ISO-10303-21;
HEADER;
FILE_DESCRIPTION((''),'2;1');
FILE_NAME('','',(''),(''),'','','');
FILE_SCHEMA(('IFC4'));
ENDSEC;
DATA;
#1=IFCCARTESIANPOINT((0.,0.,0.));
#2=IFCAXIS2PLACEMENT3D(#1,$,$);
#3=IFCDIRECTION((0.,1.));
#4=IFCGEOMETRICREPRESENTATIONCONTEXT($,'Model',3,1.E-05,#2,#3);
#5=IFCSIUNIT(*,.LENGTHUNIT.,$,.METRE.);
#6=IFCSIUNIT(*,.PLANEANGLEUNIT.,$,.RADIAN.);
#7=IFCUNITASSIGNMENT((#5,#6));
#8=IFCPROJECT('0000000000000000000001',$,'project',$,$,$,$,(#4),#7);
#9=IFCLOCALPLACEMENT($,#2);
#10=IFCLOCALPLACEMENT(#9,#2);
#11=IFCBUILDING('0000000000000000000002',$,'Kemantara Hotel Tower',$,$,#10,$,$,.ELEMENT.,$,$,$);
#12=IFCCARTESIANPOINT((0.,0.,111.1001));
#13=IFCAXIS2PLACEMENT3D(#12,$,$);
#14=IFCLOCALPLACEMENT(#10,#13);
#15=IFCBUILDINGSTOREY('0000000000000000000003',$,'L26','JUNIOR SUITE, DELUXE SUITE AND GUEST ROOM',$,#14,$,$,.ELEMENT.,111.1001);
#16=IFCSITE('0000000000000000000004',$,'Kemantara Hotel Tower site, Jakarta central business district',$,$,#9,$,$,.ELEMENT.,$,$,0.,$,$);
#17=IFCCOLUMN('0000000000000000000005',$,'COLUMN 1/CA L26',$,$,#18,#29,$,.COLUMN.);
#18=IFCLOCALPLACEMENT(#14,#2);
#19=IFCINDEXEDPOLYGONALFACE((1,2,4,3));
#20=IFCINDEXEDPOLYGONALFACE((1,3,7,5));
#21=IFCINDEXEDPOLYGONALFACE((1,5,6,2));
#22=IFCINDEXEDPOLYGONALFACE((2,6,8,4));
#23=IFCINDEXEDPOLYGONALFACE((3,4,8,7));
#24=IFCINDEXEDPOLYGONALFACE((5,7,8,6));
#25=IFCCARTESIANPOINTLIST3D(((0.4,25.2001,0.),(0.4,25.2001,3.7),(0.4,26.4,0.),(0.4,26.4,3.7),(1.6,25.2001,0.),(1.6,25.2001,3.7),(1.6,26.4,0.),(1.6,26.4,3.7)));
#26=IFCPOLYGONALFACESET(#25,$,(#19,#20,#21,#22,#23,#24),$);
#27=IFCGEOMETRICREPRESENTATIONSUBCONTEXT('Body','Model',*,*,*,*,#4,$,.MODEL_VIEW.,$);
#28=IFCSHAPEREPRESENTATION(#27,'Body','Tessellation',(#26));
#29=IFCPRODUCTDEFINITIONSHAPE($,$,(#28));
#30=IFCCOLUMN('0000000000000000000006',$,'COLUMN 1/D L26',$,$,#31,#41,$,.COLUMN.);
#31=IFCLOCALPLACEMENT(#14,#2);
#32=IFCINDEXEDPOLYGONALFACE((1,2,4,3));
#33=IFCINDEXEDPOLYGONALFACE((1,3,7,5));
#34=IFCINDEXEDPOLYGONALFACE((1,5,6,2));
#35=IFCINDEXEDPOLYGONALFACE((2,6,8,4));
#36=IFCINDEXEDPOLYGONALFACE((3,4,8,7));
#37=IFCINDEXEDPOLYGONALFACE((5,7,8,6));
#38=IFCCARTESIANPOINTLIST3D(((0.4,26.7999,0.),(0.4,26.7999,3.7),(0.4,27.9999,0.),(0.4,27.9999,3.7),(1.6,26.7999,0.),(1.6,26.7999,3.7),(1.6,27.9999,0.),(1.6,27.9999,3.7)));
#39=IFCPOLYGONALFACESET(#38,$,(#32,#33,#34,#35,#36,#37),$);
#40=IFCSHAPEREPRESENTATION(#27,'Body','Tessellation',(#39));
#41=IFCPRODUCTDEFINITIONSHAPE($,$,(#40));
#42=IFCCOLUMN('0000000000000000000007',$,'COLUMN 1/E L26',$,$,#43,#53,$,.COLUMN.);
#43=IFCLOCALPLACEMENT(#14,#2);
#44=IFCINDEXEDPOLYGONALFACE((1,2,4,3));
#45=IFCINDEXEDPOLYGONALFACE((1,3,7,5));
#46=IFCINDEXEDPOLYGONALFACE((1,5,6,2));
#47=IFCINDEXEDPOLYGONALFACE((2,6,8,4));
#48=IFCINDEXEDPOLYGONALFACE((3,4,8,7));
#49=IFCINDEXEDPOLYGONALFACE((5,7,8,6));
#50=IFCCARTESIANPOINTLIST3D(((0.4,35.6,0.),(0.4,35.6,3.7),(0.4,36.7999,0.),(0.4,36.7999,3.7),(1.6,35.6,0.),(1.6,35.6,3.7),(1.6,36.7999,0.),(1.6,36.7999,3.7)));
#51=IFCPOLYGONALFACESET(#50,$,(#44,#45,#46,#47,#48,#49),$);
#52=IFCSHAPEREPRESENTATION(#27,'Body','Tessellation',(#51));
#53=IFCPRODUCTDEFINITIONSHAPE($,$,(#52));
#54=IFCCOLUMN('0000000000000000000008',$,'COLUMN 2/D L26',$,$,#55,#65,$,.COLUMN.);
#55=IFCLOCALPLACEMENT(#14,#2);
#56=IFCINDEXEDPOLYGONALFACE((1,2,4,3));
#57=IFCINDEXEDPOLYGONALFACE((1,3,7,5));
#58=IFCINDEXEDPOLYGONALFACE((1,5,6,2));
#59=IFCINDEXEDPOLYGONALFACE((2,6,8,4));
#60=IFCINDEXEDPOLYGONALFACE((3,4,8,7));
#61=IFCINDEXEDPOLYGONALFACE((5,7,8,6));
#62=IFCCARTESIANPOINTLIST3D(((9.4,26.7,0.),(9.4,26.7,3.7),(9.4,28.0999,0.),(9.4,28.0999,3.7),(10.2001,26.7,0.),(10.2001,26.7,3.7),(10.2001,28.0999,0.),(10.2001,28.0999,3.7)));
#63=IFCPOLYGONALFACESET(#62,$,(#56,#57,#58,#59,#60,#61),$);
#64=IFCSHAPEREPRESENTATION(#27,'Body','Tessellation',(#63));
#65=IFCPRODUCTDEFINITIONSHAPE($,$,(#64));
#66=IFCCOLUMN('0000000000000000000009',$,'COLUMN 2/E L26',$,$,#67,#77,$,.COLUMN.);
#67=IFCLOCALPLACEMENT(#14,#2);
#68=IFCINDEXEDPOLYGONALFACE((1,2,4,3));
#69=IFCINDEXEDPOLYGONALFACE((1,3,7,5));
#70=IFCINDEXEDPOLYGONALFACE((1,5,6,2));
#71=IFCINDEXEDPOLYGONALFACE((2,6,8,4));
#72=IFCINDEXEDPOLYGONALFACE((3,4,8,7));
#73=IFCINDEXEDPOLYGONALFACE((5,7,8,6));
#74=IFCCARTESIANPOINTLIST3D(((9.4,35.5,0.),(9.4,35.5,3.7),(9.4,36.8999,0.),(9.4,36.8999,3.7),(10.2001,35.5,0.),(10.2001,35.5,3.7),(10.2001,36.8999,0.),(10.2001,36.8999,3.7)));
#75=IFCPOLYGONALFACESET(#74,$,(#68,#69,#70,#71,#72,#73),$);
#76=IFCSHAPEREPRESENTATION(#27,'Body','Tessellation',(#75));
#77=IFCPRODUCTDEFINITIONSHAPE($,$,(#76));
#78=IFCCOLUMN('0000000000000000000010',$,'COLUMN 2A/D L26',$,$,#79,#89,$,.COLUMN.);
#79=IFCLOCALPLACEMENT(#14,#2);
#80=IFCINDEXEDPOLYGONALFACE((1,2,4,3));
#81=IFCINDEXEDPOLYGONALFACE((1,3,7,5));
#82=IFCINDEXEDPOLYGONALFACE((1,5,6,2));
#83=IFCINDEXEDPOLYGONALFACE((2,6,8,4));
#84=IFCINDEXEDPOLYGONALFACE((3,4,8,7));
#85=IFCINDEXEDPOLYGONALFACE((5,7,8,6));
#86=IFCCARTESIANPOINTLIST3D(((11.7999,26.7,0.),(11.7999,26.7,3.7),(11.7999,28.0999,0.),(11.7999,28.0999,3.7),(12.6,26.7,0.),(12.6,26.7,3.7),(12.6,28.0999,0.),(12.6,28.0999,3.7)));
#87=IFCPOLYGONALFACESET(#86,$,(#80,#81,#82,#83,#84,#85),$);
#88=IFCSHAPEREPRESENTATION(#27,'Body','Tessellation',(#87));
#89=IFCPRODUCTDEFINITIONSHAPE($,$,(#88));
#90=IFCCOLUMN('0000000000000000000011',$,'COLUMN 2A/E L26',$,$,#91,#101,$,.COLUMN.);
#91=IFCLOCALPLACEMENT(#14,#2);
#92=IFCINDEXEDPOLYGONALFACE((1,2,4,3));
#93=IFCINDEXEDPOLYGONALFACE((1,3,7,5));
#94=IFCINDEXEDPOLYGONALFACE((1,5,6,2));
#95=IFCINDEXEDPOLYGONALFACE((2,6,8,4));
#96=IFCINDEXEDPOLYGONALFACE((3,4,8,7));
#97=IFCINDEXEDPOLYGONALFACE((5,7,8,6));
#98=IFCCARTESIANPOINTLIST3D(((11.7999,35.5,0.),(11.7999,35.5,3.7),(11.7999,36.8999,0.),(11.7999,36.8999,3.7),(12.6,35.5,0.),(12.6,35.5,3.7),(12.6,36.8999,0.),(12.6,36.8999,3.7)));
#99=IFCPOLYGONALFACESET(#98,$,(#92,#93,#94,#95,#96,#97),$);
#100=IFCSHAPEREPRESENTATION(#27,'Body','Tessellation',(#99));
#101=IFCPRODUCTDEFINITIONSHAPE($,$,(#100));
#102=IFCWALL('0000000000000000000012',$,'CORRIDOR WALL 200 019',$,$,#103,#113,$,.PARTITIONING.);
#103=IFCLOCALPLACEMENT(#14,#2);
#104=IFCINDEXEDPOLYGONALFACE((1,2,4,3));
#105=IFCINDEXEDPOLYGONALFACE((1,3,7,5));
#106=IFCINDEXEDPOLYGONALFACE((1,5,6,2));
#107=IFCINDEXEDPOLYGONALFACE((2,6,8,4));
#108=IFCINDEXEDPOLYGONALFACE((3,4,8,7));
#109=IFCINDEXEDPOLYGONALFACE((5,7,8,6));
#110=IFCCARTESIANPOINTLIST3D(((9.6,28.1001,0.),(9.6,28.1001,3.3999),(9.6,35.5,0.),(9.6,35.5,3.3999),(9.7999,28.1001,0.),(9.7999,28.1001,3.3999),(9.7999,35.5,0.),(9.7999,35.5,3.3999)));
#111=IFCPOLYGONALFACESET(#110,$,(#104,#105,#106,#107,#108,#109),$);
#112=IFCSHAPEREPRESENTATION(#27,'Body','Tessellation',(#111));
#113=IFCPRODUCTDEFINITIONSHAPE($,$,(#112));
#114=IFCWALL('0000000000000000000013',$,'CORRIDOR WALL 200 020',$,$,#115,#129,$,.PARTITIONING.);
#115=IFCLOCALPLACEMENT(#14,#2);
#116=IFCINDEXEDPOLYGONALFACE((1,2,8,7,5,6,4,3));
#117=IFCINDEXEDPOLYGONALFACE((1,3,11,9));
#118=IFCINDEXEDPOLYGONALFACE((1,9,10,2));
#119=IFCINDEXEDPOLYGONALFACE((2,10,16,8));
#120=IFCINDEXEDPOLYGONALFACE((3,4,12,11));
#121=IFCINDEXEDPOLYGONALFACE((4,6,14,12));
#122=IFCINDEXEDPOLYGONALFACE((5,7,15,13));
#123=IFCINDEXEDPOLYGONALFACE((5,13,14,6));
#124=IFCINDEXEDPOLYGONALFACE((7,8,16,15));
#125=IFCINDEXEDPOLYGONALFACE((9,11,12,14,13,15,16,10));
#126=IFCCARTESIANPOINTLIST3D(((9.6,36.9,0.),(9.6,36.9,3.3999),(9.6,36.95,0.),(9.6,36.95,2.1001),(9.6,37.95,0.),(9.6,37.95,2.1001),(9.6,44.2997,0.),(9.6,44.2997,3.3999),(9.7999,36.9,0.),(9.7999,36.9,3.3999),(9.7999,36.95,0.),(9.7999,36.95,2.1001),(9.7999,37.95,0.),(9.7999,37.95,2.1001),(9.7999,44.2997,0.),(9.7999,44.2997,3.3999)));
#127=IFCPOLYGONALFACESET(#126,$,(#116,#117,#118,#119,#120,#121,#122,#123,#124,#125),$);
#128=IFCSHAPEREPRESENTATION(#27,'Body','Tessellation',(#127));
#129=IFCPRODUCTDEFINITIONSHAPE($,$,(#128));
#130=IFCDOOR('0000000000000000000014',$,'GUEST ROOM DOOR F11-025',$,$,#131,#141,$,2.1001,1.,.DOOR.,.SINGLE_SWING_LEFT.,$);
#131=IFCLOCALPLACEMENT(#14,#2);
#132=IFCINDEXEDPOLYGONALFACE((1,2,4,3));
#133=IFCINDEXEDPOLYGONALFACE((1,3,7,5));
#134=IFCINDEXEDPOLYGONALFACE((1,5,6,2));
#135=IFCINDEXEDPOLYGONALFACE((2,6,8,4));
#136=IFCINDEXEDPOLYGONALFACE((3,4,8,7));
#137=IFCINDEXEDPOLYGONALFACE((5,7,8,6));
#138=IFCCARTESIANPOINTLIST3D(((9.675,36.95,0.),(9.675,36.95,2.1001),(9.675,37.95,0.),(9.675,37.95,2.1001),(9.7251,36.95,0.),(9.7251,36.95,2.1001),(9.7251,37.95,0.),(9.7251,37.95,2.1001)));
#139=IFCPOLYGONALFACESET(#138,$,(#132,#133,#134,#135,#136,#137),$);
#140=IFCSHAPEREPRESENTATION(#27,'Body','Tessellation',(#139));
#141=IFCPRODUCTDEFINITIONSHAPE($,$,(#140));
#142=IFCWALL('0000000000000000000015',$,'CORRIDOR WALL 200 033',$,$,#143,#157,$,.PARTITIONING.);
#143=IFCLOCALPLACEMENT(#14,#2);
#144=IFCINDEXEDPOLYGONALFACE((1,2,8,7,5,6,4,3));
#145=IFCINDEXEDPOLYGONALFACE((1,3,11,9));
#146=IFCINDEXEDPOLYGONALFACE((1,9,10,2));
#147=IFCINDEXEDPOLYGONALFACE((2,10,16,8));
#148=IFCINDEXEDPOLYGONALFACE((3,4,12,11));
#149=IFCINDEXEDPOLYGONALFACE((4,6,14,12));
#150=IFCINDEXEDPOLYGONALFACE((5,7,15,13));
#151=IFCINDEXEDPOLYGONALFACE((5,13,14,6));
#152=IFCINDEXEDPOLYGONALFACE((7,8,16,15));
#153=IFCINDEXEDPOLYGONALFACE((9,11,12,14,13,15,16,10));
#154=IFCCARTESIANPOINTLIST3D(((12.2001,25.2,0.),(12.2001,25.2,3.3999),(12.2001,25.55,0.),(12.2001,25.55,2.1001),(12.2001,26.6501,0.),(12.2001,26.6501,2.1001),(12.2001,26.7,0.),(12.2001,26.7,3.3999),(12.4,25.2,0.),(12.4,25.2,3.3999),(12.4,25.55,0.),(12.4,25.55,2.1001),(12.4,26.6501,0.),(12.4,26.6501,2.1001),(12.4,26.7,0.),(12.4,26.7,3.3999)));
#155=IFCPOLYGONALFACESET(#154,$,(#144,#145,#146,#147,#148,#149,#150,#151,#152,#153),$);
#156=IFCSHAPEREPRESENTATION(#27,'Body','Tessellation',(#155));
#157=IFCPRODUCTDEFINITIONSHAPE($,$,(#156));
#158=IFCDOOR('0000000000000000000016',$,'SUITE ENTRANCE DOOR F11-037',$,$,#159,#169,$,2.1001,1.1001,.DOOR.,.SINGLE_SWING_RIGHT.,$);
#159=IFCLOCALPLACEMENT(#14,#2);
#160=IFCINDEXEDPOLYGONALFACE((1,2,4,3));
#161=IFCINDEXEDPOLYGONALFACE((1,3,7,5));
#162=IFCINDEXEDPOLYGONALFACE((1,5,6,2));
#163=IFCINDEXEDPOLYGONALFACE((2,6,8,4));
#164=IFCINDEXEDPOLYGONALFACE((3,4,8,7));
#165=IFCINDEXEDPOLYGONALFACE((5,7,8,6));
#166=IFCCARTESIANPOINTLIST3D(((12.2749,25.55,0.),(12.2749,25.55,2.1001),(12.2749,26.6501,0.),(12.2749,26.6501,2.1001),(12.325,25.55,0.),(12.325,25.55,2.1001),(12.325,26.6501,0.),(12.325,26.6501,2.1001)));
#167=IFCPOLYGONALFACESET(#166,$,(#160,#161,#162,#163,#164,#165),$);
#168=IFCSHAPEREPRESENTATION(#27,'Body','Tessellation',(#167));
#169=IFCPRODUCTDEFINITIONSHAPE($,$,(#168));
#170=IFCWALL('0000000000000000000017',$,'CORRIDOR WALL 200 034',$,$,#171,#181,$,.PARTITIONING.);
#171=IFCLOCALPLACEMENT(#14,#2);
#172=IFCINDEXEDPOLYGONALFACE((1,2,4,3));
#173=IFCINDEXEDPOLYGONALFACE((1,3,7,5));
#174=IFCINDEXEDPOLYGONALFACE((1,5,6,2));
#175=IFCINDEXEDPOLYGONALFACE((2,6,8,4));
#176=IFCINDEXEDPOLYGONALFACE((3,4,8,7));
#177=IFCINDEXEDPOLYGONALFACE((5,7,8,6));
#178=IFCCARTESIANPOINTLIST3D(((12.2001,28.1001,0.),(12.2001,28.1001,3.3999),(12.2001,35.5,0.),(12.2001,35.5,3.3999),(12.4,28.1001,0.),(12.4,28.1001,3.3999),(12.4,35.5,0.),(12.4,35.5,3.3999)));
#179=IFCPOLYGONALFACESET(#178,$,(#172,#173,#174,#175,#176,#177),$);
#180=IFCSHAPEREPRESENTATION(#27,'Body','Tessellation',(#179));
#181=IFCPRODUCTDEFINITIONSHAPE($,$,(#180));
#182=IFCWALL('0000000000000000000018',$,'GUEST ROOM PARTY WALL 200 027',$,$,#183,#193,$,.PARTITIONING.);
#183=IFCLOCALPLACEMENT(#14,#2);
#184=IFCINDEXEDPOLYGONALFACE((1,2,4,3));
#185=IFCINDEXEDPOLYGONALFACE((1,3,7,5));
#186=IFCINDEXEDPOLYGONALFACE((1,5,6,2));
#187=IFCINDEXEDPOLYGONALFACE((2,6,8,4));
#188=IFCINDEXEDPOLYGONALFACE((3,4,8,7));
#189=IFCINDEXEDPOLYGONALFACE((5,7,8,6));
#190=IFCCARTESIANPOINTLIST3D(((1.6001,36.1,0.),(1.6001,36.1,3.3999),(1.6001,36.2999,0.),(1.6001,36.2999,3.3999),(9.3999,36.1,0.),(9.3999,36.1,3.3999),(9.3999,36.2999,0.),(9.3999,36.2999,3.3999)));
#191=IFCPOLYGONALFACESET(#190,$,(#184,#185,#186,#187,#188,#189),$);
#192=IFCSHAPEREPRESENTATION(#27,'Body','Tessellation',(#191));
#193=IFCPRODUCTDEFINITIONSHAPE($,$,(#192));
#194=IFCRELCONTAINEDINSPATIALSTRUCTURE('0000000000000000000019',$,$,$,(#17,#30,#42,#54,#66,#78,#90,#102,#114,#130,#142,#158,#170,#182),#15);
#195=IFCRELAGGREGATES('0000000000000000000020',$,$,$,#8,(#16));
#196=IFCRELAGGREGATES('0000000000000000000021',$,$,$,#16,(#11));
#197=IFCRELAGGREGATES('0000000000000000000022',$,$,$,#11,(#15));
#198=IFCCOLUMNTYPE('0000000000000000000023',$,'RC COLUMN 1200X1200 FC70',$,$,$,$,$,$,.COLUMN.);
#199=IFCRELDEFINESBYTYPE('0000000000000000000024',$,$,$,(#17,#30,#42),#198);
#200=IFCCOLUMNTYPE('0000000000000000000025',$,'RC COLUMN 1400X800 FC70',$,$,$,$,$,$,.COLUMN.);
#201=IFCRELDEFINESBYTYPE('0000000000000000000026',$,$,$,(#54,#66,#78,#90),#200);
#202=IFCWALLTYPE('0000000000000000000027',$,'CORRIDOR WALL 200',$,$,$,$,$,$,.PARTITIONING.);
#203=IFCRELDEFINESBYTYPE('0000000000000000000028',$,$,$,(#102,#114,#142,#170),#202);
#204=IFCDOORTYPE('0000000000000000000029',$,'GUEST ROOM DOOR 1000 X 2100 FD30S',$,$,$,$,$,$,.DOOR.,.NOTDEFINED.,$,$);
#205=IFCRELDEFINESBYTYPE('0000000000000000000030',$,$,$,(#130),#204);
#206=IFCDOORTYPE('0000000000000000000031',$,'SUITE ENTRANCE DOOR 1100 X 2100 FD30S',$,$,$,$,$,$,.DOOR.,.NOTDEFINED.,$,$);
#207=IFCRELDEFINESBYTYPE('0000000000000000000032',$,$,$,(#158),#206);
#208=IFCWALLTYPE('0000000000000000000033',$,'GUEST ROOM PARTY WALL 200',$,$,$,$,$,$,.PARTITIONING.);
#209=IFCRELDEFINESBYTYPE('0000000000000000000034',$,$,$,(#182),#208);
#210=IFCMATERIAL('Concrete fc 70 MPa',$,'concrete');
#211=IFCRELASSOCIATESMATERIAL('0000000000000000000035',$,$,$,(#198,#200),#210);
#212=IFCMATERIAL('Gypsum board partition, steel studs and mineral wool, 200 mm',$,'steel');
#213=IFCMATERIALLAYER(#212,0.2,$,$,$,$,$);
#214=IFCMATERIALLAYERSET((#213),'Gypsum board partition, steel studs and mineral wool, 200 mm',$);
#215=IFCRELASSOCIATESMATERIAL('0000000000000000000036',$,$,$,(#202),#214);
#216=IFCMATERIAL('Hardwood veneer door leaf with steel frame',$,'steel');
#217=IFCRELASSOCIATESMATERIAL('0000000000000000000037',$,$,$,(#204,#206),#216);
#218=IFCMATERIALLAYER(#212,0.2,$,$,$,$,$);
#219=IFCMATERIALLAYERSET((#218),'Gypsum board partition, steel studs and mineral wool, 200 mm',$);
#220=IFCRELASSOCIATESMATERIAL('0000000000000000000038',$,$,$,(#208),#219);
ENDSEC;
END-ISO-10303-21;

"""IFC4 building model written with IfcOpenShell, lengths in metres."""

from ifc_helpers import new_model, si_unit, direction, frame, frame_2d, origin, origin_2d, place, context, subcontext, project, spatial, rectangle, extrude, material, layer, layer_set, material_profile, profile_set, type_object, element, fill, save


model = new_model("IFC4")

# Units and contexts
model_context = context("Model", 3, precision=1e-05, world=origin(), true_north=direction((0.0, 1.0)))
body_context = subcontext(model_context, "Body", "Model", "MODEL_VIEW")
ifc_project = project(units=[si_unit("LENGTHUNIT", "METRE"), si_unit("PLANEANGLEUNIT", "RADIAN")], contexts=[model_context])

# Site, building, storey
site_placement = place(None, origin())
site = spatial("IfcSite", under=ifc_project, at=site_placement, Name="Kemantara Hotel Tower site, Jakarta central business district", CompositionType="ELEMENT", RefElevation=0.0)
building_placement = place(site_placement, origin())
building = spatial("IfcBuilding", under=site, at=building_placement, Name="Kemantara Hotel Tower", CompositionType="ELEMENT")
storey_placement = place(building_placement, frame((0.0, 0.0, 111.1001)))
storey = spatial("IfcBuildingStorey", under=building, at=storey_placement, Name="L26", Description="JUNIOR SUITE, DELUXE SUITE AND GUEST ROOM", CompositionType="ELEMENT", Elevation=111.1001)

# Columns
ifc_material_1 = material(Name="Concrete fc 70 MPa", Category="concrete")
ifc_material_profile_1 = material_profile(ifc_material_1, rectangle(XDim=1.2, YDim=1.2, at=origin_2d()), Name="RC 1200X1200")
ifc_profile_set_1 = profile_set([ifc_material_profile_1], Name="Concrete fc 70 MPa")
column_type_1 = type_object("IfcColumnType", Name="RC COLUMN 1200X1200 FC70", PredefinedType="COLUMN", material=ifc_profile_set_1)
for number, where, z_axis, x_axis, name in (
    (1, (1.0, 25.8, 0.0), (0.0, 0.0, 1.0), (1.0, 0.0, 0.0), "COLUMN 1/CA L26"),
    (2, (1.0, 27.3999, 0.0), (0.0, 0.0, 1.0), (1.0, 0.0, 0.0), "COLUMN 1/D L26"),
    (3, (1.0, 36.2, 0.0), (0.0, 0.0, 1.0), (1.0, 0.0, 0.0), "COLUMN 1/E L26"),
):
    element("IfcColumn", number, at=place(storey_placement, frame(where, z_axis=z_axis, x_axis=x_axis)), inside=storey, type_object=column_type_1, Name=name, PredefinedType="COLUMN", context=body_context, shape_type="SweptSolid", body=[
        extrude(rectangle(XDim=1.2, YDim=1.2, at=origin_2d()), origin(), (0.0, 0.0, 1.0), 3.7),
    ])
ifc_material_profile_2 = material_profile(ifc_material_1, rectangle(XDim=1.3999, YDim=0.8, at=origin_2d()), Name="RC 1400X800")
ifc_profile_set_2 = profile_set([ifc_material_profile_2], Name="Concrete fc 70 MPa")
column_type_2 = type_object("IfcColumnType", Name="RC COLUMN 1400X800 FC70", PredefinedType="COLUMN", material=ifc_profile_set_2)
for number, where, z_axis, x_axis, name in (
    (4, (9.8, 27.3999, 0.0), (0.0, 0.0, 1.0), (0.0, 1.0, 0.0), "COLUMN 2/D L26"),
    (5, (9.8, 36.2, 0.0), (0.0, 0.0, 1.0), (0.0, 1.0, 0.0), "COLUMN 2/E L26"),
    (6, (12.2, 27.3999, 0.0), (0.0, 0.0, 1.0), (0.0, 1.0, 0.0), "COLUMN 2A/D L26"),
    (7, (12.2, 36.2, 0.0), (0.0, 0.0, 1.0), (0.0, 1.0, 0.0), "COLUMN 2A/E L26"),
):
    element("IfcColumn", number, at=place(storey_placement, frame(where, z_axis=z_axis, x_axis=x_axis)), inside=storey, type_object=column_type_2, Name=name, PredefinedType="COLUMN", context=body_context, shape_type="SweptSolid", body=[
        extrude(rectangle(XDim=1.3999, YDim=0.8, at=origin_2d()), origin(), (0.0, 0.0, 1.0), 3.7),
    ])

# Wall
ifc_material_2 = material(Name="Gypsum board partition, steel studs and mineral wool, 200 mm", Category="steel")
ifc_layer_1 = layer(ifc_material_2, 0.2)
ifc_layer_set_1 = layer_set([ifc_layer_1], Name="Gypsum board partition, steel studs and mineral wool, 200 mm")
wall_type_1 = type_object("IfcWallType", Name="CORRIDOR WALL 200", PredefinedType="PARTITIONING", material=ifc_layer_set_1)
wall_1_placement = place(storey_placement, frame((9.7, 28.1001, 0.0), z_axis=(0.0, 0.0, 1.0), x_axis=(0.0, 1.0, 0.0)))
element("IfcWall", 8, at=wall_1_placement, inside=storey, type_object=wall_type_1, Name="CORRIDOR WALL 200 019", PredefinedType="PARTITIONING", context=body_context, shape_type="SweptSolid", body=[
    extrude(rectangle(XDim=7.3999, YDim=0.2, at=frame_2d((3.7, 0.0))), origin(), (0.0, 0.0, 1.0), 3.3999),
])

# Walls, openings, doors
wall_2_placement = place(storey_placement, frame((9.7, 36.9001, 0.0), z_axis=(0.0, 0.0, 1.0), x_axis=(0.0, 1.0, 0.0)))
wall_2 = element("IfcWall", 9, at=wall_2_placement, inside=storey, type_object=wall_type_1, Name="CORRIDOR WALL 200 020", PredefinedType="PARTITIONING", context=body_context, shape_type="SweptSolid", body=[
    extrude(rectangle(XDim=7.3997, YDim=0.2, at=frame_2d((3.6997, 0.0))), origin(), (0.0, 0.0, 1.0), 3.3999),
])
opening_1_placement = place(wall_2_placement, frame((0.0498, 0.0, 0.0)))
opening_1 = element("IfcOpeningElement", 10, at=opening_1_placement, cuts=wall_2, PredefinedType="OPENING", context=body_context, shape_type="SweptSolid", body=[
    extrude(rectangle(XDim=1.0, YDim=2.1001, at=frame_2d((0.5, 1.05))), frame((0.0, 0.1099, 0.0), z_axis=(0.0, -1.0, 0.0), x_axis=(1.0, 0.0, 0.0)), (0.0, 0.0, 1.0), 0.22),
])
ifc_material_3 = material(Name="Hardwood veneer door leaf with steel frame", Category="steel")
door_type_1 = type_object("IfcDoorType", Name="GUEST ROOM DOOR 1000 X 2100 FD30S", OperationType="NOTDEFINED", PredefinedType="DOOR", material=ifc_material_3)
door_1_placement = place(opening_1_placement, origin())
door_1 = element("IfcDoor", 11, at=door_1_placement, inside=storey, type_object=door_type_1, Name="GUEST ROOM DOOR F11-025", OperationType="SINGLE_SWING_LEFT", OverallHeight=2.1001, OverallWidth=1.0, PredefinedType="DOOR", context=body_context, shape_type="SweptSolid", body=[
    extrude(rectangle(XDim=1.0, YDim=2.1001, at=frame_2d((0.5, 1.05))), frame((0.0, 0.0249, 0.0), z_axis=(0.0, -1.0, 0.0), x_axis=(1.0, 0.0, 0.0)), (0.0, 0.0, 1.0), 0.05),
])
fill(opening_1, door_1)
wall_3_placement = place(storey_placement, frame((12.3, 26.7, 0.0), z_axis=(0.0, 0.0, 1.0), x_axis=(0.0, -1.0, 0.0)))
wall_3 = element("IfcWall", 12, at=wall_3_placement, inside=storey, type_object=wall_type_1, Name="CORRIDOR WALL 200 033", PredefinedType="PARTITIONING", context=body_context, shape_type="SweptSolid", body=[
    extrude(rectangle(XDim=1.5, YDim=0.2, at=frame_2d((0.75, 0.0))), origin(), (0.0, 0.0, 1.0), 3.3999),
])
opening_2_placement = place(wall_3_placement, frame((0.0498, 0.0, 0.0)))
opening_2 = element("IfcOpeningElement", 13, at=opening_2_placement, cuts=wall_3, PredefinedType="OPENING", context=body_context, shape_type="SweptSolid", body=[
    extrude(rectangle(XDim=1.1001, YDim=2.1001, at=frame_2d((0.55, 1.05))), frame((0.0, 0.1099, 0.0), z_axis=(0.0, -1.0, 0.0), x_axis=(1.0, 0.0, 0.0)), (0.0, 0.0, 1.0), 0.22),
])
door_type_2 = type_object("IfcDoorType", Name="SUITE ENTRANCE DOOR 1100 X 2100 FD30S", OperationType="NOTDEFINED", PredefinedType="DOOR", material=ifc_material_3)
door_2_placement = place(opening_2_placement, origin())
door_2 = element("IfcDoor", 14, at=door_2_placement, inside=storey, type_object=door_type_2, Name="SUITE ENTRANCE DOOR F11-037", OperationType="SINGLE_SWING_RIGHT", OverallHeight=2.1001, OverallWidth=1.1001, PredefinedType="DOOR", context=body_context, shape_type="SweptSolid", body=[
    extrude(rectangle(XDim=1.1001, YDim=2.1001, at=frame_2d((0.55, 1.05))), frame((0.0, 0.0249, 0.0), z_axis=(0.0, -1.0, 0.0), x_axis=(1.0, 0.0, 0.0)), (0.0, 0.0, 1.0), 0.05),
])
fill(opening_2, door_2)

# Walls
wall_4_placement = place(storey_placement, frame((12.3, 28.1001, 0.0), z_axis=(0.0, 0.0, 1.0), x_axis=(0.0, 1.0, 0.0)))
element("IfcWall", 15, at=wall_4_placement, inside=storey, type_object=wall_type_1, Name="CORRIDOR WALL 200 034", PredefinedType="PARTITIONING", context=body_context, shape_type="SweptSolid", body=[
    extrude(rectangle(XDim=7.3999, YDim=0.2, at=frame_2d((3.7, 0.0))), origin(), (0.0, 0.0, 1.0), 3.3999),
])
ifc_layer_2 = layer(ifc_material_2, 0.2)
ifc_layer_set_2 = layer_set([ifc_layer_2], Name="Gypsum board partition, steel studs and mineral wool, 200 mm")
wall_type_2 = type_object("IfcWallType", Name="GUEST ROOM PARTY WALL 200", PredefinedType="PARTITIONING", material=ifc_layer_set_2)
wall_5_placement = place(storey_placement, frame((1.6001, 36.2, 0.0), z_axis=(0.0, 0.0, 1.0), x_axis=(1.0, 0.0, 0.0)))
element("IfcWall", 16, at=wall_5_placement, inside=storey, type_object=wall_type_2, Name="GUEST ROOM PARTY WALL 200 027", PredefinedType="PARTITIONING", context=body_context, shape_type="SweptSolid", body=[
    extrude(rectangle(XDim=7.7998, YDim=0.2, at=frame_2d((3.8999, 0.0))), origin(), (0.0, 0.0, 1.0), 3.3999),
])

save(model, "model.ifc")
